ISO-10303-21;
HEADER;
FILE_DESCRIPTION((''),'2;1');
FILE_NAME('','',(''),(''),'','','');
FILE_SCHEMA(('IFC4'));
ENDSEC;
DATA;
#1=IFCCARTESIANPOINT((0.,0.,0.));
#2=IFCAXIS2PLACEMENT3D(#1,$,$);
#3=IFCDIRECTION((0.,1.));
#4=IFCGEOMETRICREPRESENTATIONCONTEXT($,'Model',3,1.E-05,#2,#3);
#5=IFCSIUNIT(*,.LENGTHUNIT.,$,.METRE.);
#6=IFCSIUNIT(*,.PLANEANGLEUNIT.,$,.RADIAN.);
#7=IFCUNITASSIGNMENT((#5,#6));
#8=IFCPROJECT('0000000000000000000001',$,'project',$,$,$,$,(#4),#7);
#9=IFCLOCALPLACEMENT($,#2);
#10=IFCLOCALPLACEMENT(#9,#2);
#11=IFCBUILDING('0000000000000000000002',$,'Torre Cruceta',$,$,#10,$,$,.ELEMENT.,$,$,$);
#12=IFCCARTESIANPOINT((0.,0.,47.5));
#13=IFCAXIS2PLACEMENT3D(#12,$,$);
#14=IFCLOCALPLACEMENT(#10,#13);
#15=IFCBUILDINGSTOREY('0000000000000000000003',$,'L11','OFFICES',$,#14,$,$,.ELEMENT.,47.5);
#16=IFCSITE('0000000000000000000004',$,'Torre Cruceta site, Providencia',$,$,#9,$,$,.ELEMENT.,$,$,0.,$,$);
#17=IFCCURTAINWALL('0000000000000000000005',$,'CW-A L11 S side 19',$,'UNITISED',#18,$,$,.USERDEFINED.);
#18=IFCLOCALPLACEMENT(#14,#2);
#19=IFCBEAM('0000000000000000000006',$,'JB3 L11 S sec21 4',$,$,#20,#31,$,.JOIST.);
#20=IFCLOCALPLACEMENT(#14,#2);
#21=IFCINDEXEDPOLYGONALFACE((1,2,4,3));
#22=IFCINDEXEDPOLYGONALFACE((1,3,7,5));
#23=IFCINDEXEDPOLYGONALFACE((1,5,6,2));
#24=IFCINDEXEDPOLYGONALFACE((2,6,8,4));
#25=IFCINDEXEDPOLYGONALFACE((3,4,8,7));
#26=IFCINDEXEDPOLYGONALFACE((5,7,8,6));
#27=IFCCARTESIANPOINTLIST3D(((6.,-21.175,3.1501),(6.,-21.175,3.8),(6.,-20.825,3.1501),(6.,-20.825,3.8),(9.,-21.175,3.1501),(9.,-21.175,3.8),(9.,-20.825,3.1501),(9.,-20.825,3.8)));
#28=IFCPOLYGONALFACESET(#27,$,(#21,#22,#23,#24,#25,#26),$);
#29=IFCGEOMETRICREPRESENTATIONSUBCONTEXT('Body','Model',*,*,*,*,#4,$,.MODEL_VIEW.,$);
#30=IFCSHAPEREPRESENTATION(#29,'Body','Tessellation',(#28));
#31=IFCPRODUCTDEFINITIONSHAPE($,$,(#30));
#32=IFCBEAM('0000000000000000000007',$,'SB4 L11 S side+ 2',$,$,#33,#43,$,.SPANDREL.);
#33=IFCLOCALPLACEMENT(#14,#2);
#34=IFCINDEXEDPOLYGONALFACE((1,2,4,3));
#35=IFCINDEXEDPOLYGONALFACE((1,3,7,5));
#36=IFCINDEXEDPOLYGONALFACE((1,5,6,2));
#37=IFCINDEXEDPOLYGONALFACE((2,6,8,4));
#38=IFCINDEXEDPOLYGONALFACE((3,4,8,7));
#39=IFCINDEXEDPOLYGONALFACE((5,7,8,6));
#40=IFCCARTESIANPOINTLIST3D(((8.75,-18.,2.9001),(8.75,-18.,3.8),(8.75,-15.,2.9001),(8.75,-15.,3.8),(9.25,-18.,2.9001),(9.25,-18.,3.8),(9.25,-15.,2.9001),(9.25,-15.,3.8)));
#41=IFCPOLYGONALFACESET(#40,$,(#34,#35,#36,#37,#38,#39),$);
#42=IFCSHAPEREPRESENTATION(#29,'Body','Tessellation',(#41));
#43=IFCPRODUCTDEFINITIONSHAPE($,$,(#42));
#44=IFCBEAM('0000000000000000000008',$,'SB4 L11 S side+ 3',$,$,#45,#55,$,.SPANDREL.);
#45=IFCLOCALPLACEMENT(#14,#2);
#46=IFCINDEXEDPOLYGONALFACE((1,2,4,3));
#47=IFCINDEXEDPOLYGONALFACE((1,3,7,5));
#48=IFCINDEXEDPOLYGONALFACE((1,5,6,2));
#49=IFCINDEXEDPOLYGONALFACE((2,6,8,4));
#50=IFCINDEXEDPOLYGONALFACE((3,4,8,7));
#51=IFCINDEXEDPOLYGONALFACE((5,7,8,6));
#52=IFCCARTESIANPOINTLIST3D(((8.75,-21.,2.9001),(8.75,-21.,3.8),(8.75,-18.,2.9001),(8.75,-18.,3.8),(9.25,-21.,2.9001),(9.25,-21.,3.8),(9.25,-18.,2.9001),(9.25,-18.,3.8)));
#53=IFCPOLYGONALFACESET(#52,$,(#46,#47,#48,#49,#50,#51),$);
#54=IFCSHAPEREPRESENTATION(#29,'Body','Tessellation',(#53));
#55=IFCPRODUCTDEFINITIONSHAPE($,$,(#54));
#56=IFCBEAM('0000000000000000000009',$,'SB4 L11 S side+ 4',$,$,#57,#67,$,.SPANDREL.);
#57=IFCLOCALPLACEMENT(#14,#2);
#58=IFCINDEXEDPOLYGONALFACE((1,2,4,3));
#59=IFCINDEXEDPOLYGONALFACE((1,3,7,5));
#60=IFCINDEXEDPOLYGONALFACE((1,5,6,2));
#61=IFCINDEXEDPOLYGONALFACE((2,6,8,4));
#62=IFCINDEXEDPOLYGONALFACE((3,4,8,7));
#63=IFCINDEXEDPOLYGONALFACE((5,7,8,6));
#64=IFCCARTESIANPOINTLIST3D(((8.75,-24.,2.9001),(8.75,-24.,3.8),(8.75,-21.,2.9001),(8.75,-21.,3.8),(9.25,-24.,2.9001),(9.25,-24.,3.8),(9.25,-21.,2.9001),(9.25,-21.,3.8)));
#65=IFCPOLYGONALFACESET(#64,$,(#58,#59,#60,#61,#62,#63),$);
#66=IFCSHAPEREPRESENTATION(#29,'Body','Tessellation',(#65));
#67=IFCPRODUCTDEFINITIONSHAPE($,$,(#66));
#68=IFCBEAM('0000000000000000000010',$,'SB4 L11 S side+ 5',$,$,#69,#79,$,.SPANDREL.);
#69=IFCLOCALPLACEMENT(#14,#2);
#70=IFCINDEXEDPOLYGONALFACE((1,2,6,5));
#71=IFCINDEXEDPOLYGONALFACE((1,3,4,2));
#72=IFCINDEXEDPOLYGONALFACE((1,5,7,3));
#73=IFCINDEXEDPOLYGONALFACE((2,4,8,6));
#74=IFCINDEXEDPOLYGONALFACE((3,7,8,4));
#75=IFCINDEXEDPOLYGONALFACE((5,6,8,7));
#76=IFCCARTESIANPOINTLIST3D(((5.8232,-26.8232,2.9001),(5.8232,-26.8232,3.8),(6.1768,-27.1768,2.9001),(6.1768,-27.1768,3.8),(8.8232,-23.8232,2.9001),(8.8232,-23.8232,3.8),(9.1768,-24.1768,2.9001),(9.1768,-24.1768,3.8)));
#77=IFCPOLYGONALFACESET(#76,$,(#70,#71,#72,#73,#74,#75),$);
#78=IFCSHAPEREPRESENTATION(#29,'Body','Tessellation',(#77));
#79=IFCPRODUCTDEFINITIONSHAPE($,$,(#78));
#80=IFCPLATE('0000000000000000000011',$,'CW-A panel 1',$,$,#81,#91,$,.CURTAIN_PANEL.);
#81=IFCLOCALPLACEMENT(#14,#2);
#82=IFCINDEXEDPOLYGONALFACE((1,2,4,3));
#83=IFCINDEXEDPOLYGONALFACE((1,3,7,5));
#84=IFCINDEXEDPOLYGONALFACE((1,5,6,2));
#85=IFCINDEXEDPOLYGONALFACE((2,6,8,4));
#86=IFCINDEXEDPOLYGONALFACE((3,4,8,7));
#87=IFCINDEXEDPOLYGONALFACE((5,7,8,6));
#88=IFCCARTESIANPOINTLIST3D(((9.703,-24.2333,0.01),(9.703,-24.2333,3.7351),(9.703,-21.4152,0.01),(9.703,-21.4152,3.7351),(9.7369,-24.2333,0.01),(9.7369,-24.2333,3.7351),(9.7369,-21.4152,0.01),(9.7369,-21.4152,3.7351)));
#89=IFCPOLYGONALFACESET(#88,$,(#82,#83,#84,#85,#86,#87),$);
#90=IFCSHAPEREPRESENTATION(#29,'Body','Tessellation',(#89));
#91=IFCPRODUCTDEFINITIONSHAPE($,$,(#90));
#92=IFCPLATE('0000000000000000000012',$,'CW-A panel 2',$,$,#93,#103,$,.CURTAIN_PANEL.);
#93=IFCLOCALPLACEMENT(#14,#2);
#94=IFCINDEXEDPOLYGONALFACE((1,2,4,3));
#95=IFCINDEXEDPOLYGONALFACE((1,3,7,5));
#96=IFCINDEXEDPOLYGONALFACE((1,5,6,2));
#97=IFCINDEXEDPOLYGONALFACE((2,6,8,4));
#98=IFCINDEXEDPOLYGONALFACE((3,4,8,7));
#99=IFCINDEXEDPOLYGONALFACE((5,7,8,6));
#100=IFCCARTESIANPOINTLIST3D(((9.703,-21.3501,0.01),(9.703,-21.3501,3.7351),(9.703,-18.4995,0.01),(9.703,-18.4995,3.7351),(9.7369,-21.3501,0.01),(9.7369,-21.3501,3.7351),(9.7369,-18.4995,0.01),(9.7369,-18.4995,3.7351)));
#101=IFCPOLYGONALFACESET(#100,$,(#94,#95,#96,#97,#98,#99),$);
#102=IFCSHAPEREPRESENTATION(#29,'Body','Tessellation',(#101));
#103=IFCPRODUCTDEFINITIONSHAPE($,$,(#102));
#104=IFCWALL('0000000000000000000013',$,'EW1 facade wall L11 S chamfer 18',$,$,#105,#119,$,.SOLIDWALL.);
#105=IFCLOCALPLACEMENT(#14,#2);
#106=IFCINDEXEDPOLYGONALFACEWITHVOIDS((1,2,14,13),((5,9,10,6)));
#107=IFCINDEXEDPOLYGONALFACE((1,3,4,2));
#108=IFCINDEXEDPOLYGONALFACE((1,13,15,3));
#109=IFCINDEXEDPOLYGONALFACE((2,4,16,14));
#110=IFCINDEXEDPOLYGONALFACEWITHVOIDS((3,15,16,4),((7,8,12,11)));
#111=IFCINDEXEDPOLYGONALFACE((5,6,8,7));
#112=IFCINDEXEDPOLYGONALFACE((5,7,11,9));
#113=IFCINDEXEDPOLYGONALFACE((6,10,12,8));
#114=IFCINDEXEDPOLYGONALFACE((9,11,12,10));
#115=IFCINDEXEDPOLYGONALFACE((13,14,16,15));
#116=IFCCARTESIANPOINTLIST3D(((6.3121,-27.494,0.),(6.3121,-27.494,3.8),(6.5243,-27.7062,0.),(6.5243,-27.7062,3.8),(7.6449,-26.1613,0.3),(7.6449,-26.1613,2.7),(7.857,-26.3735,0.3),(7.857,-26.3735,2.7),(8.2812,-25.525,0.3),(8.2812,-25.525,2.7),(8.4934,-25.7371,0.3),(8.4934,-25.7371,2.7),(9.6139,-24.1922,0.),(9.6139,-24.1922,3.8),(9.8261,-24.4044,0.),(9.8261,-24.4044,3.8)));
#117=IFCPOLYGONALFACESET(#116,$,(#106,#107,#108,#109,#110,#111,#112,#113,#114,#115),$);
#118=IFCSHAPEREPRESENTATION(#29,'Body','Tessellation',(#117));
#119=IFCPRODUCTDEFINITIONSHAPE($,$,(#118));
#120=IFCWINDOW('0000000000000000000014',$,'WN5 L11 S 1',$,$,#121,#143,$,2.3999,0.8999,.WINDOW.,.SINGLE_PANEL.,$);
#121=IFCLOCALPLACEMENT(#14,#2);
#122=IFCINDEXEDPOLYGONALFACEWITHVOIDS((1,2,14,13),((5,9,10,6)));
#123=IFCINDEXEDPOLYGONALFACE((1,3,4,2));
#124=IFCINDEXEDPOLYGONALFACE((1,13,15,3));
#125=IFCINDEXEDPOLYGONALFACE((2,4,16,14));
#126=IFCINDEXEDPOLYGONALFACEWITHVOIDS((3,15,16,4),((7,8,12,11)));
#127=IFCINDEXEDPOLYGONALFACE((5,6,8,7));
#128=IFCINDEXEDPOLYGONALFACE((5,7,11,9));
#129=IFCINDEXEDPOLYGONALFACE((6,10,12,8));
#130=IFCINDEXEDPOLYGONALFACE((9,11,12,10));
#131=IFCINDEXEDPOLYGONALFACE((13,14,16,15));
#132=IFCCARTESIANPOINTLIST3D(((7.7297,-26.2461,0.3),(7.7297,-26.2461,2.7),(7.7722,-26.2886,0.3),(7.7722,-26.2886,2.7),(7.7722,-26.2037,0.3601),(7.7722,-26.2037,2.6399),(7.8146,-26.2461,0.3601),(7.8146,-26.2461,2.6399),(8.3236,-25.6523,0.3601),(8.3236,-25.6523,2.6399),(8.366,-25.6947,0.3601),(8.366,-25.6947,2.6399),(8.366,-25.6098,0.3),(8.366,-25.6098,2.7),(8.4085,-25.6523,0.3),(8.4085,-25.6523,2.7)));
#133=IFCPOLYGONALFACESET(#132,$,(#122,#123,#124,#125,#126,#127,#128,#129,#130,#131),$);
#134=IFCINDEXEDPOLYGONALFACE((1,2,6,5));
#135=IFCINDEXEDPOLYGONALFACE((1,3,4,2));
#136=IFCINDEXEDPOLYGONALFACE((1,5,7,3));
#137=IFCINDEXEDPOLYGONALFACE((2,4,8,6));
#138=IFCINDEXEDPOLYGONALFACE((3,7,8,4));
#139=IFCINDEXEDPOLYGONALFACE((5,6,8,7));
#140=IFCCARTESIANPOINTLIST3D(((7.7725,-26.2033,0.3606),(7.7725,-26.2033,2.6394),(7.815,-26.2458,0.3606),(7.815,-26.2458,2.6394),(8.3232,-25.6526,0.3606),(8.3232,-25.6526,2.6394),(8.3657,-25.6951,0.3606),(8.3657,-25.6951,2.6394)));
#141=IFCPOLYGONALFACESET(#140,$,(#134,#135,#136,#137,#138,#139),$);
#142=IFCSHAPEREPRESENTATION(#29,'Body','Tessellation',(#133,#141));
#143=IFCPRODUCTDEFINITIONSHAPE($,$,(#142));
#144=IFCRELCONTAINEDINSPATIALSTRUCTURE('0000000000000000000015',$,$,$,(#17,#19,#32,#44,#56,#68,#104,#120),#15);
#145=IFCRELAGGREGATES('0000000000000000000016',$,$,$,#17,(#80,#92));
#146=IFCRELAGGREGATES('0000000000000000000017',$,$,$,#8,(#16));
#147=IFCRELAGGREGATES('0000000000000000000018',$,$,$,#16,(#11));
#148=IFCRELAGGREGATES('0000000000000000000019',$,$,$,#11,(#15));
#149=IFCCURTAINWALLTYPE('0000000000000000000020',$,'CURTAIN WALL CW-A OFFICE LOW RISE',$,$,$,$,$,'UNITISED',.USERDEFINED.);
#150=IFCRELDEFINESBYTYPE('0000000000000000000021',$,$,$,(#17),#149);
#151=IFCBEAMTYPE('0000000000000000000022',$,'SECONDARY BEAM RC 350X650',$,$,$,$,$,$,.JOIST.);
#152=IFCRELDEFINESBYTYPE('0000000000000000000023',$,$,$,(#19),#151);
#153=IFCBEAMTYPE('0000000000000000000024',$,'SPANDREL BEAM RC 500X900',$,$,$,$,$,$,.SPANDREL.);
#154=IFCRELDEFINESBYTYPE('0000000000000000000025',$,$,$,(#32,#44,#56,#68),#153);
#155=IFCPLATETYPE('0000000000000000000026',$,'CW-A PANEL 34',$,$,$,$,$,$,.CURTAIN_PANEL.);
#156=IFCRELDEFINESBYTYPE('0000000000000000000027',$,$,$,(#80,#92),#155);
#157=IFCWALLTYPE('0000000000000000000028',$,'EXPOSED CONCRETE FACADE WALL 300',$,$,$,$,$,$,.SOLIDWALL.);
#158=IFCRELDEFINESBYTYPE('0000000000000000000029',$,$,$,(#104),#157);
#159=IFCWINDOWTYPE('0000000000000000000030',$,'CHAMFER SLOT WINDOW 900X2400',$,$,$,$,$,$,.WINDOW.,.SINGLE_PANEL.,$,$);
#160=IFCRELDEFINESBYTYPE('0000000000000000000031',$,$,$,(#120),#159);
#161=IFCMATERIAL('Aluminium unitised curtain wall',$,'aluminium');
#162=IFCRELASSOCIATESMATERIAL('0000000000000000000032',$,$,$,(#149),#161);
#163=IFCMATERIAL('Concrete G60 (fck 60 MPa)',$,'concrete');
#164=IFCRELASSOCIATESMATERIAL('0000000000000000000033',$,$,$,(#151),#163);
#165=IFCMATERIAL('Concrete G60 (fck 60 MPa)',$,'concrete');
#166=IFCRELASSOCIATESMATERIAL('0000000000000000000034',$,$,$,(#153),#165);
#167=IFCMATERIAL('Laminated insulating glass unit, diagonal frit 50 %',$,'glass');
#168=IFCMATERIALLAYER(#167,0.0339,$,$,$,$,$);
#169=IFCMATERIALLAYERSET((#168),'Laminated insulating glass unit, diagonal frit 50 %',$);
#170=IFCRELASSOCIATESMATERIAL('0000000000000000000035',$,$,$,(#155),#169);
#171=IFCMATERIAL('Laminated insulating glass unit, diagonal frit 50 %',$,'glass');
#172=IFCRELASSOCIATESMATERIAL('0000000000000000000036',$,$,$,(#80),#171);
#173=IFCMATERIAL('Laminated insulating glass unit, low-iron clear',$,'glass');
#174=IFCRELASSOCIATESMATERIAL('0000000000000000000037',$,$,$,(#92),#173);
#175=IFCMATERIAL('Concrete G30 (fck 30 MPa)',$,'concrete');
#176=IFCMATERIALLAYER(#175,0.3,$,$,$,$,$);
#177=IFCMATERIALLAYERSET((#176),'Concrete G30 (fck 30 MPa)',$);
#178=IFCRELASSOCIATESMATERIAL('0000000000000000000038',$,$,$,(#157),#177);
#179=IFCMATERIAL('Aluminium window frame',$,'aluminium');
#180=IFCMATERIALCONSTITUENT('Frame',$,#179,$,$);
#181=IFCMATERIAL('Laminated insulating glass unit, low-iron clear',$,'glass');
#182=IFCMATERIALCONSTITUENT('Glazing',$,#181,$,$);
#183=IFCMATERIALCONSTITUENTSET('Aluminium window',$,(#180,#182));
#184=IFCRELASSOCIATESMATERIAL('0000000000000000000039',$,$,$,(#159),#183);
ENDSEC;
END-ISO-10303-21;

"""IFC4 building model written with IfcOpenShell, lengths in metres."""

from ifc_helpers import new_model, si_unit, direction, frame, frame_2d, origin, origin_2d, place, context, subcontext, project, spatial, rectangle, hollow_rectangle, extrude, material, layer, layer_set, constituent, constituent_set, material_profile, profile_set, type_object, element, fill, aggregate, save


model = new_model("IFC4")

# Units and contexts
model_context = context("Model", 3, precision=1e-05, world=origin(), true_north=direction((0.0, 1.0)))
body_context = subcontext(model_context, "Body", "Model", "MODEL_VIEW")
ifc_project = project(units=[si_unit("LENGTHUNIT", "METRE"), si_unit("PLANEANGLEUNIT", "RADIAN")], contexts=[model_context])

# Site, building, storey
site_placement = place(None, origin())
site = spatial("IfcSite", under=ifc_project, at=site_placement, Name="Torre Cruceta site, Providencia", CompositionType="ELEMENT", RefElevation=0.0)
building_placement = place(site_placement, origin())
building = spatial("IfcBuilding", under=site, at=building_placement, Name="Torre Cruceta", CompositionType="ELEMENT")
storey_placement = place(building_placement, frame((0.0, 0.0, 47.5)))
storey = spatial("IfcBuildingStorey", under=building, at=storey_placement, Name="L11", Description="OFFICES", CompositionType="ELEMENT", Elevation=47.5)

# Curtain wall
ifc_material_1 = material(Name="Aluminium unitised curtain wall", Category="aluminium")
curtain_wall_type = type_object("IfcCurtainWallType", Name="CURTAIN WALL CW-A OFFICE LOW RISE", ElementType="UNITISED", PredefinedType="USERDEFINED", material=ifc_material_1)
curtain_wall_placement = place(storey_placement, origin())
curtain_wall = element("IfcCurtainWall", 1, at=curtain_wall_placement, inside=storey, type_object=curtain_wall_type, Name="CW-A L11 S side 19", ObjectType="UNITISED", PredefinedType="USERDEFINED")

# Beams
ifc_material_2 = material(Name="Concrete G60 (fck 60 MPa)", Category="concrete")
ifc_material_profile_1 = material_profile(ifc_material_2, rectangle(XDim=0.3501, YDim=0.6499, at=origin_2d()), Name="RC 350X650")
ifc_profile_set_1 = profile_set([ifc_material_profile_1], Name="Concrete G60 (fck 60 MPa)")
beam_type_1 = type_object("IfcBeamType", Name="SECONDARY BEAM RC 350X650", PredefinedType="JOIST", material=ifc_profile_set_1)
beam_1_placement = place(storey_placement, frame((6.0, -21.0, 3.4751), z_axis=(1.0, 0.0, 0.0), x_axis=(0.0, 1.0, 0.0)))
element("IfcBeam", 2, at=beam_1_placement, inside=storey, type_object=beam_type_1, Name="JB3 L11 S sec21 4", PredefinedType="JOIST", context=body_context, shape_type="SweptSolid", body=[
    extrude(rectangle(XDim=0.3501, YDim=0.6499, at=origin_2d()), origin(), (0.0, 0.0, 1.0), 3.0),
])
ifc_material_3 = material(Name="Concrete G60 (fck 60 MPa)", Category="concrete")
ifc_material_profile_2 = material_profile(ifc_material_3, rectangle(XDim=0.5, YDim=0.8999, at=origin_2d()), Name="RC 500X900")
ifc_profile_set_2 = profile_set([ifc_material_profile_2], Name="Concrete G60 (fck 60 MPa)")
beam_type_2 = type_object("IfcBeamType", Name="SPANDREL BEAM RC 500X900", PredefinedType="SPANDREL", material=ifc_profile_set_2)
for number, where, z_axis, x_axis, name in (
    (3, (9.0, -15.0, 3.3501), (0.0, -1.0, 0.0), (1.0, 0.0, 0.0), "SB4 L11 S side+ 2"),
    (4, (9.0, -18.0, 3.3501), (0.0, -1.0, 0.0), (1.0, 0.0, 0.0), "SB4 L11 S side+ 3"),
    (5, (9.0, -21.0, 3.3501), (0.0, -1.0, 0.0), (1.0, 0.0, 0.0), "SB4 L11 S side+ 4"),
):
    element("IfcBeam", number, at=place(storey_placement, frame(where, z_axis=z_axis, x_axis=x_axis)), inside=storey, type_object=beam_type_2, Name=name, PredefinedType="SPANDREL", context=body_context, shape_type="SweptSolid", body=[
        extrude(rectangle(XDim=0.5, YDim=0.8999, at=origin_2d()), origin(), (0.0, 0.0, 1.0), 3.0),
    ])
beam_2_placement = place(storey_placement, frame((9.0, -24.0, 3.3501), z_axis=(-0.707107, -0.707107, 0.0), x_axis=(0.707107, -0.707107, 0.0)))
element("IfcBeam", 6, at=beam_2_placement, inside=storey, type_object=beam_type_2, Name="SB4 L11 S side+ 5", PredefinedType="SPANDREL", context=body_context, shape_type="SweptSolid", body=[
    extrude(rectangle(XDim=0.5, YDim=0.8999, at=origin_2d()), origin(), (0.0, 0.0, 1.0), 4.2427),
])

# Plates
ifc_material_4 = material(Name="Laminated insulating glass unit, diagonal frit 50 %", Category="glass")
ifc_material_5 = material(Name="Laminated insulating glass unit, diagonal frit 50 %", Category="glass")
ifc_layer_1 = layer(ifc_material_5, 0.0339)
ifc_layer_set_1 = layer_set([ifc_layer_1], Name="Laminated insulating glass unit, diagonal frit 50 %")
plate_type = type_object("IfcPlateType", Name="CW-A PANEL 34", PredefinedType="CURTAIN_PANEL", material=ifc_layer_set_1)
plate_1_placement = place(storey_placement, frame((9.72, -22.8242, 0.01), z_axis=(0.0, 0.0, 1.0), x_axis=(0.0, 1.0, 0.0)))
plate_1 = element("IfcPlate", 7, at=plate_1_placement, type_object=plate_type, material=ifc_material_4, Name="CW-A panel 1", PredefinedType="CURTAIN_PANEL", context=body_context, shape_type="SweptSolid", body=[
    extrude(rectangle(XDim=2.8181, YDim=0.0339, at=origin_2d()), origin(), (0.0, 0.0, 1.0), 3.7251),
])
ifc_material_6 = material(Name="Laminated insulating glass unit, low-iron clear", Category="glass")
plate_2_placement = place(storey_placement, frame((9.72, -19.9248, 0.01), z_axis=(0.0, 0.0, 1.0), x_axis=(0.0, 1.0, 0.0)))
plate_2 = element("IfcPlate", 8, at=plate_2_placement, type_object=plate_type, material=ifc_material_6, Name="CW-A panel 2", PredefinedType="CURTAIN_PANEL", context=body_context, shape_type="SweptSolid", body=[
    extrude(rectangle(XDim=2.8506, YDim=0.0339, at=origin_2d()), origin(), (0.0, 0.0, 1.0), 3.7251),
])
aggregate(curtain_wall, [plate_1, plate_2])

# Wall, opening, window
ifc_material_7 = material(Name="Concrete G30 (fck 30 MPa)", Category="concrete")
ifc_layer_2 = layer(ifc_material_7, 0.3)
ifc_layer_set_2 = layer_set([ifc_layer_2], Name="Concrete G30 (fck 30 MPa)")
wall_type_1 = type_object("IfcWallType", Name="EXPOSED CONCRETE FACADE WALL 300", PredefinedType="SOLIDWALL", material=ifc_layer_set_2)
wall_1_placement = place(storey_placement, frame((6.4182, -27.6001, 0.0), z_axis=(0.0, 0.0, 1.0), x_axis=(0.707107, 0.707107, 0.0)))
wall_1 = element("IfcWall", 9, at=wall_1_placement, inside=storey, type_object=wall_type_1, Name="EW1 facade wall L11 S chamfer 18", PredefinedType="SOLIDWALL", context=body_context, shape_type="SweptSolid", body=[
    extrude(rectangle(XDim=4.6694, YDim=0.3, at=frame_2d((2.3347, 0.0))), origin(), (0.0, 0.0, 1.0), 3.8),
])
opening_1_placement = place(wall_1_placement, frame((1.8848, 0.0, 0.3)))
opening_1 = element("IfcOpeningElement", 10, at=opening_1_placement, cuts=wall_1, PredefinedType="OPENING", context=body_context, shape_type="SweptSolid", body=[
    extrude(rectangle(XDim=0.8999, YDim=2.3999, at=frame_2d((0.45, 1.2))), frame((0.0, 0.1599, 0.0), z_axis=(0.0, -1.0, 0.0), x_axis=(1.0, 0.0, 0.0)), (0.0, 0.0, 1.0), 0.3201),
])
ifc_material_8 = material(Name="Aluminium window frame", Category="aluminium")
ifc_constituent_1 = constituent(ifc_material_8, Name="Frame")
ifc_material_9 = material(Name="Laminated insulating glass unit, low-iron clear", Category="glass")
ifc_constituent_2 = constituent(ifc_material_9, Name="Glazing")
ifc_constituent_set_1 = constituent_set(constituents=[ifc_constituent_1, ifc_constituent_2], Name="Aluminium window")
window_type = type_object("IfcWindowType", Name="CHAMFER SLOT WINDOW 900X2400", PartitioningType="SINGLE_PANEL", PredefinedType="WINDOW", material=ifc_constituent_set_1)
window_placement = place(opening_1_placement, origin())
window = element("IfcWindow", 11, at=window_placement, inside=storey, type_object=window_type, Name="WN5 L11 S 1", OverallHeight=2.3999, OverallWidth=0.8999, PartitioningType="SINGLE_PANEL", PredefinedType="WINDOW", context=body_context, shape_type="SweptSolid", body=[
    extrude(hollow_rectangle(XDim=0.8999, YDim=2.3999, WallThickness=0.0601, at=frame_2d((0.45, 1.2))), frame((0.0, 0.03, 0.0), z_axis=(0.0, -1.0, 0.0), x_axis=(1.0, 0.0, 0.0)), (0.0, 0.0, 1.0), 0.0601),
    extrude(rectangle(XDim=0.7788, YDim=2.2788, at=frame_2d((0.45, 1.2))), frame((0.0, 0.03, 0.0), z_axis=(0.0, -1.0, 0.0), x_axis=(1.0, 0.0, 0.0)), (0.0, 0.0, 1.0), 0.0601),
])
fill(opening_1, window)

save(model, "model.ifc")
